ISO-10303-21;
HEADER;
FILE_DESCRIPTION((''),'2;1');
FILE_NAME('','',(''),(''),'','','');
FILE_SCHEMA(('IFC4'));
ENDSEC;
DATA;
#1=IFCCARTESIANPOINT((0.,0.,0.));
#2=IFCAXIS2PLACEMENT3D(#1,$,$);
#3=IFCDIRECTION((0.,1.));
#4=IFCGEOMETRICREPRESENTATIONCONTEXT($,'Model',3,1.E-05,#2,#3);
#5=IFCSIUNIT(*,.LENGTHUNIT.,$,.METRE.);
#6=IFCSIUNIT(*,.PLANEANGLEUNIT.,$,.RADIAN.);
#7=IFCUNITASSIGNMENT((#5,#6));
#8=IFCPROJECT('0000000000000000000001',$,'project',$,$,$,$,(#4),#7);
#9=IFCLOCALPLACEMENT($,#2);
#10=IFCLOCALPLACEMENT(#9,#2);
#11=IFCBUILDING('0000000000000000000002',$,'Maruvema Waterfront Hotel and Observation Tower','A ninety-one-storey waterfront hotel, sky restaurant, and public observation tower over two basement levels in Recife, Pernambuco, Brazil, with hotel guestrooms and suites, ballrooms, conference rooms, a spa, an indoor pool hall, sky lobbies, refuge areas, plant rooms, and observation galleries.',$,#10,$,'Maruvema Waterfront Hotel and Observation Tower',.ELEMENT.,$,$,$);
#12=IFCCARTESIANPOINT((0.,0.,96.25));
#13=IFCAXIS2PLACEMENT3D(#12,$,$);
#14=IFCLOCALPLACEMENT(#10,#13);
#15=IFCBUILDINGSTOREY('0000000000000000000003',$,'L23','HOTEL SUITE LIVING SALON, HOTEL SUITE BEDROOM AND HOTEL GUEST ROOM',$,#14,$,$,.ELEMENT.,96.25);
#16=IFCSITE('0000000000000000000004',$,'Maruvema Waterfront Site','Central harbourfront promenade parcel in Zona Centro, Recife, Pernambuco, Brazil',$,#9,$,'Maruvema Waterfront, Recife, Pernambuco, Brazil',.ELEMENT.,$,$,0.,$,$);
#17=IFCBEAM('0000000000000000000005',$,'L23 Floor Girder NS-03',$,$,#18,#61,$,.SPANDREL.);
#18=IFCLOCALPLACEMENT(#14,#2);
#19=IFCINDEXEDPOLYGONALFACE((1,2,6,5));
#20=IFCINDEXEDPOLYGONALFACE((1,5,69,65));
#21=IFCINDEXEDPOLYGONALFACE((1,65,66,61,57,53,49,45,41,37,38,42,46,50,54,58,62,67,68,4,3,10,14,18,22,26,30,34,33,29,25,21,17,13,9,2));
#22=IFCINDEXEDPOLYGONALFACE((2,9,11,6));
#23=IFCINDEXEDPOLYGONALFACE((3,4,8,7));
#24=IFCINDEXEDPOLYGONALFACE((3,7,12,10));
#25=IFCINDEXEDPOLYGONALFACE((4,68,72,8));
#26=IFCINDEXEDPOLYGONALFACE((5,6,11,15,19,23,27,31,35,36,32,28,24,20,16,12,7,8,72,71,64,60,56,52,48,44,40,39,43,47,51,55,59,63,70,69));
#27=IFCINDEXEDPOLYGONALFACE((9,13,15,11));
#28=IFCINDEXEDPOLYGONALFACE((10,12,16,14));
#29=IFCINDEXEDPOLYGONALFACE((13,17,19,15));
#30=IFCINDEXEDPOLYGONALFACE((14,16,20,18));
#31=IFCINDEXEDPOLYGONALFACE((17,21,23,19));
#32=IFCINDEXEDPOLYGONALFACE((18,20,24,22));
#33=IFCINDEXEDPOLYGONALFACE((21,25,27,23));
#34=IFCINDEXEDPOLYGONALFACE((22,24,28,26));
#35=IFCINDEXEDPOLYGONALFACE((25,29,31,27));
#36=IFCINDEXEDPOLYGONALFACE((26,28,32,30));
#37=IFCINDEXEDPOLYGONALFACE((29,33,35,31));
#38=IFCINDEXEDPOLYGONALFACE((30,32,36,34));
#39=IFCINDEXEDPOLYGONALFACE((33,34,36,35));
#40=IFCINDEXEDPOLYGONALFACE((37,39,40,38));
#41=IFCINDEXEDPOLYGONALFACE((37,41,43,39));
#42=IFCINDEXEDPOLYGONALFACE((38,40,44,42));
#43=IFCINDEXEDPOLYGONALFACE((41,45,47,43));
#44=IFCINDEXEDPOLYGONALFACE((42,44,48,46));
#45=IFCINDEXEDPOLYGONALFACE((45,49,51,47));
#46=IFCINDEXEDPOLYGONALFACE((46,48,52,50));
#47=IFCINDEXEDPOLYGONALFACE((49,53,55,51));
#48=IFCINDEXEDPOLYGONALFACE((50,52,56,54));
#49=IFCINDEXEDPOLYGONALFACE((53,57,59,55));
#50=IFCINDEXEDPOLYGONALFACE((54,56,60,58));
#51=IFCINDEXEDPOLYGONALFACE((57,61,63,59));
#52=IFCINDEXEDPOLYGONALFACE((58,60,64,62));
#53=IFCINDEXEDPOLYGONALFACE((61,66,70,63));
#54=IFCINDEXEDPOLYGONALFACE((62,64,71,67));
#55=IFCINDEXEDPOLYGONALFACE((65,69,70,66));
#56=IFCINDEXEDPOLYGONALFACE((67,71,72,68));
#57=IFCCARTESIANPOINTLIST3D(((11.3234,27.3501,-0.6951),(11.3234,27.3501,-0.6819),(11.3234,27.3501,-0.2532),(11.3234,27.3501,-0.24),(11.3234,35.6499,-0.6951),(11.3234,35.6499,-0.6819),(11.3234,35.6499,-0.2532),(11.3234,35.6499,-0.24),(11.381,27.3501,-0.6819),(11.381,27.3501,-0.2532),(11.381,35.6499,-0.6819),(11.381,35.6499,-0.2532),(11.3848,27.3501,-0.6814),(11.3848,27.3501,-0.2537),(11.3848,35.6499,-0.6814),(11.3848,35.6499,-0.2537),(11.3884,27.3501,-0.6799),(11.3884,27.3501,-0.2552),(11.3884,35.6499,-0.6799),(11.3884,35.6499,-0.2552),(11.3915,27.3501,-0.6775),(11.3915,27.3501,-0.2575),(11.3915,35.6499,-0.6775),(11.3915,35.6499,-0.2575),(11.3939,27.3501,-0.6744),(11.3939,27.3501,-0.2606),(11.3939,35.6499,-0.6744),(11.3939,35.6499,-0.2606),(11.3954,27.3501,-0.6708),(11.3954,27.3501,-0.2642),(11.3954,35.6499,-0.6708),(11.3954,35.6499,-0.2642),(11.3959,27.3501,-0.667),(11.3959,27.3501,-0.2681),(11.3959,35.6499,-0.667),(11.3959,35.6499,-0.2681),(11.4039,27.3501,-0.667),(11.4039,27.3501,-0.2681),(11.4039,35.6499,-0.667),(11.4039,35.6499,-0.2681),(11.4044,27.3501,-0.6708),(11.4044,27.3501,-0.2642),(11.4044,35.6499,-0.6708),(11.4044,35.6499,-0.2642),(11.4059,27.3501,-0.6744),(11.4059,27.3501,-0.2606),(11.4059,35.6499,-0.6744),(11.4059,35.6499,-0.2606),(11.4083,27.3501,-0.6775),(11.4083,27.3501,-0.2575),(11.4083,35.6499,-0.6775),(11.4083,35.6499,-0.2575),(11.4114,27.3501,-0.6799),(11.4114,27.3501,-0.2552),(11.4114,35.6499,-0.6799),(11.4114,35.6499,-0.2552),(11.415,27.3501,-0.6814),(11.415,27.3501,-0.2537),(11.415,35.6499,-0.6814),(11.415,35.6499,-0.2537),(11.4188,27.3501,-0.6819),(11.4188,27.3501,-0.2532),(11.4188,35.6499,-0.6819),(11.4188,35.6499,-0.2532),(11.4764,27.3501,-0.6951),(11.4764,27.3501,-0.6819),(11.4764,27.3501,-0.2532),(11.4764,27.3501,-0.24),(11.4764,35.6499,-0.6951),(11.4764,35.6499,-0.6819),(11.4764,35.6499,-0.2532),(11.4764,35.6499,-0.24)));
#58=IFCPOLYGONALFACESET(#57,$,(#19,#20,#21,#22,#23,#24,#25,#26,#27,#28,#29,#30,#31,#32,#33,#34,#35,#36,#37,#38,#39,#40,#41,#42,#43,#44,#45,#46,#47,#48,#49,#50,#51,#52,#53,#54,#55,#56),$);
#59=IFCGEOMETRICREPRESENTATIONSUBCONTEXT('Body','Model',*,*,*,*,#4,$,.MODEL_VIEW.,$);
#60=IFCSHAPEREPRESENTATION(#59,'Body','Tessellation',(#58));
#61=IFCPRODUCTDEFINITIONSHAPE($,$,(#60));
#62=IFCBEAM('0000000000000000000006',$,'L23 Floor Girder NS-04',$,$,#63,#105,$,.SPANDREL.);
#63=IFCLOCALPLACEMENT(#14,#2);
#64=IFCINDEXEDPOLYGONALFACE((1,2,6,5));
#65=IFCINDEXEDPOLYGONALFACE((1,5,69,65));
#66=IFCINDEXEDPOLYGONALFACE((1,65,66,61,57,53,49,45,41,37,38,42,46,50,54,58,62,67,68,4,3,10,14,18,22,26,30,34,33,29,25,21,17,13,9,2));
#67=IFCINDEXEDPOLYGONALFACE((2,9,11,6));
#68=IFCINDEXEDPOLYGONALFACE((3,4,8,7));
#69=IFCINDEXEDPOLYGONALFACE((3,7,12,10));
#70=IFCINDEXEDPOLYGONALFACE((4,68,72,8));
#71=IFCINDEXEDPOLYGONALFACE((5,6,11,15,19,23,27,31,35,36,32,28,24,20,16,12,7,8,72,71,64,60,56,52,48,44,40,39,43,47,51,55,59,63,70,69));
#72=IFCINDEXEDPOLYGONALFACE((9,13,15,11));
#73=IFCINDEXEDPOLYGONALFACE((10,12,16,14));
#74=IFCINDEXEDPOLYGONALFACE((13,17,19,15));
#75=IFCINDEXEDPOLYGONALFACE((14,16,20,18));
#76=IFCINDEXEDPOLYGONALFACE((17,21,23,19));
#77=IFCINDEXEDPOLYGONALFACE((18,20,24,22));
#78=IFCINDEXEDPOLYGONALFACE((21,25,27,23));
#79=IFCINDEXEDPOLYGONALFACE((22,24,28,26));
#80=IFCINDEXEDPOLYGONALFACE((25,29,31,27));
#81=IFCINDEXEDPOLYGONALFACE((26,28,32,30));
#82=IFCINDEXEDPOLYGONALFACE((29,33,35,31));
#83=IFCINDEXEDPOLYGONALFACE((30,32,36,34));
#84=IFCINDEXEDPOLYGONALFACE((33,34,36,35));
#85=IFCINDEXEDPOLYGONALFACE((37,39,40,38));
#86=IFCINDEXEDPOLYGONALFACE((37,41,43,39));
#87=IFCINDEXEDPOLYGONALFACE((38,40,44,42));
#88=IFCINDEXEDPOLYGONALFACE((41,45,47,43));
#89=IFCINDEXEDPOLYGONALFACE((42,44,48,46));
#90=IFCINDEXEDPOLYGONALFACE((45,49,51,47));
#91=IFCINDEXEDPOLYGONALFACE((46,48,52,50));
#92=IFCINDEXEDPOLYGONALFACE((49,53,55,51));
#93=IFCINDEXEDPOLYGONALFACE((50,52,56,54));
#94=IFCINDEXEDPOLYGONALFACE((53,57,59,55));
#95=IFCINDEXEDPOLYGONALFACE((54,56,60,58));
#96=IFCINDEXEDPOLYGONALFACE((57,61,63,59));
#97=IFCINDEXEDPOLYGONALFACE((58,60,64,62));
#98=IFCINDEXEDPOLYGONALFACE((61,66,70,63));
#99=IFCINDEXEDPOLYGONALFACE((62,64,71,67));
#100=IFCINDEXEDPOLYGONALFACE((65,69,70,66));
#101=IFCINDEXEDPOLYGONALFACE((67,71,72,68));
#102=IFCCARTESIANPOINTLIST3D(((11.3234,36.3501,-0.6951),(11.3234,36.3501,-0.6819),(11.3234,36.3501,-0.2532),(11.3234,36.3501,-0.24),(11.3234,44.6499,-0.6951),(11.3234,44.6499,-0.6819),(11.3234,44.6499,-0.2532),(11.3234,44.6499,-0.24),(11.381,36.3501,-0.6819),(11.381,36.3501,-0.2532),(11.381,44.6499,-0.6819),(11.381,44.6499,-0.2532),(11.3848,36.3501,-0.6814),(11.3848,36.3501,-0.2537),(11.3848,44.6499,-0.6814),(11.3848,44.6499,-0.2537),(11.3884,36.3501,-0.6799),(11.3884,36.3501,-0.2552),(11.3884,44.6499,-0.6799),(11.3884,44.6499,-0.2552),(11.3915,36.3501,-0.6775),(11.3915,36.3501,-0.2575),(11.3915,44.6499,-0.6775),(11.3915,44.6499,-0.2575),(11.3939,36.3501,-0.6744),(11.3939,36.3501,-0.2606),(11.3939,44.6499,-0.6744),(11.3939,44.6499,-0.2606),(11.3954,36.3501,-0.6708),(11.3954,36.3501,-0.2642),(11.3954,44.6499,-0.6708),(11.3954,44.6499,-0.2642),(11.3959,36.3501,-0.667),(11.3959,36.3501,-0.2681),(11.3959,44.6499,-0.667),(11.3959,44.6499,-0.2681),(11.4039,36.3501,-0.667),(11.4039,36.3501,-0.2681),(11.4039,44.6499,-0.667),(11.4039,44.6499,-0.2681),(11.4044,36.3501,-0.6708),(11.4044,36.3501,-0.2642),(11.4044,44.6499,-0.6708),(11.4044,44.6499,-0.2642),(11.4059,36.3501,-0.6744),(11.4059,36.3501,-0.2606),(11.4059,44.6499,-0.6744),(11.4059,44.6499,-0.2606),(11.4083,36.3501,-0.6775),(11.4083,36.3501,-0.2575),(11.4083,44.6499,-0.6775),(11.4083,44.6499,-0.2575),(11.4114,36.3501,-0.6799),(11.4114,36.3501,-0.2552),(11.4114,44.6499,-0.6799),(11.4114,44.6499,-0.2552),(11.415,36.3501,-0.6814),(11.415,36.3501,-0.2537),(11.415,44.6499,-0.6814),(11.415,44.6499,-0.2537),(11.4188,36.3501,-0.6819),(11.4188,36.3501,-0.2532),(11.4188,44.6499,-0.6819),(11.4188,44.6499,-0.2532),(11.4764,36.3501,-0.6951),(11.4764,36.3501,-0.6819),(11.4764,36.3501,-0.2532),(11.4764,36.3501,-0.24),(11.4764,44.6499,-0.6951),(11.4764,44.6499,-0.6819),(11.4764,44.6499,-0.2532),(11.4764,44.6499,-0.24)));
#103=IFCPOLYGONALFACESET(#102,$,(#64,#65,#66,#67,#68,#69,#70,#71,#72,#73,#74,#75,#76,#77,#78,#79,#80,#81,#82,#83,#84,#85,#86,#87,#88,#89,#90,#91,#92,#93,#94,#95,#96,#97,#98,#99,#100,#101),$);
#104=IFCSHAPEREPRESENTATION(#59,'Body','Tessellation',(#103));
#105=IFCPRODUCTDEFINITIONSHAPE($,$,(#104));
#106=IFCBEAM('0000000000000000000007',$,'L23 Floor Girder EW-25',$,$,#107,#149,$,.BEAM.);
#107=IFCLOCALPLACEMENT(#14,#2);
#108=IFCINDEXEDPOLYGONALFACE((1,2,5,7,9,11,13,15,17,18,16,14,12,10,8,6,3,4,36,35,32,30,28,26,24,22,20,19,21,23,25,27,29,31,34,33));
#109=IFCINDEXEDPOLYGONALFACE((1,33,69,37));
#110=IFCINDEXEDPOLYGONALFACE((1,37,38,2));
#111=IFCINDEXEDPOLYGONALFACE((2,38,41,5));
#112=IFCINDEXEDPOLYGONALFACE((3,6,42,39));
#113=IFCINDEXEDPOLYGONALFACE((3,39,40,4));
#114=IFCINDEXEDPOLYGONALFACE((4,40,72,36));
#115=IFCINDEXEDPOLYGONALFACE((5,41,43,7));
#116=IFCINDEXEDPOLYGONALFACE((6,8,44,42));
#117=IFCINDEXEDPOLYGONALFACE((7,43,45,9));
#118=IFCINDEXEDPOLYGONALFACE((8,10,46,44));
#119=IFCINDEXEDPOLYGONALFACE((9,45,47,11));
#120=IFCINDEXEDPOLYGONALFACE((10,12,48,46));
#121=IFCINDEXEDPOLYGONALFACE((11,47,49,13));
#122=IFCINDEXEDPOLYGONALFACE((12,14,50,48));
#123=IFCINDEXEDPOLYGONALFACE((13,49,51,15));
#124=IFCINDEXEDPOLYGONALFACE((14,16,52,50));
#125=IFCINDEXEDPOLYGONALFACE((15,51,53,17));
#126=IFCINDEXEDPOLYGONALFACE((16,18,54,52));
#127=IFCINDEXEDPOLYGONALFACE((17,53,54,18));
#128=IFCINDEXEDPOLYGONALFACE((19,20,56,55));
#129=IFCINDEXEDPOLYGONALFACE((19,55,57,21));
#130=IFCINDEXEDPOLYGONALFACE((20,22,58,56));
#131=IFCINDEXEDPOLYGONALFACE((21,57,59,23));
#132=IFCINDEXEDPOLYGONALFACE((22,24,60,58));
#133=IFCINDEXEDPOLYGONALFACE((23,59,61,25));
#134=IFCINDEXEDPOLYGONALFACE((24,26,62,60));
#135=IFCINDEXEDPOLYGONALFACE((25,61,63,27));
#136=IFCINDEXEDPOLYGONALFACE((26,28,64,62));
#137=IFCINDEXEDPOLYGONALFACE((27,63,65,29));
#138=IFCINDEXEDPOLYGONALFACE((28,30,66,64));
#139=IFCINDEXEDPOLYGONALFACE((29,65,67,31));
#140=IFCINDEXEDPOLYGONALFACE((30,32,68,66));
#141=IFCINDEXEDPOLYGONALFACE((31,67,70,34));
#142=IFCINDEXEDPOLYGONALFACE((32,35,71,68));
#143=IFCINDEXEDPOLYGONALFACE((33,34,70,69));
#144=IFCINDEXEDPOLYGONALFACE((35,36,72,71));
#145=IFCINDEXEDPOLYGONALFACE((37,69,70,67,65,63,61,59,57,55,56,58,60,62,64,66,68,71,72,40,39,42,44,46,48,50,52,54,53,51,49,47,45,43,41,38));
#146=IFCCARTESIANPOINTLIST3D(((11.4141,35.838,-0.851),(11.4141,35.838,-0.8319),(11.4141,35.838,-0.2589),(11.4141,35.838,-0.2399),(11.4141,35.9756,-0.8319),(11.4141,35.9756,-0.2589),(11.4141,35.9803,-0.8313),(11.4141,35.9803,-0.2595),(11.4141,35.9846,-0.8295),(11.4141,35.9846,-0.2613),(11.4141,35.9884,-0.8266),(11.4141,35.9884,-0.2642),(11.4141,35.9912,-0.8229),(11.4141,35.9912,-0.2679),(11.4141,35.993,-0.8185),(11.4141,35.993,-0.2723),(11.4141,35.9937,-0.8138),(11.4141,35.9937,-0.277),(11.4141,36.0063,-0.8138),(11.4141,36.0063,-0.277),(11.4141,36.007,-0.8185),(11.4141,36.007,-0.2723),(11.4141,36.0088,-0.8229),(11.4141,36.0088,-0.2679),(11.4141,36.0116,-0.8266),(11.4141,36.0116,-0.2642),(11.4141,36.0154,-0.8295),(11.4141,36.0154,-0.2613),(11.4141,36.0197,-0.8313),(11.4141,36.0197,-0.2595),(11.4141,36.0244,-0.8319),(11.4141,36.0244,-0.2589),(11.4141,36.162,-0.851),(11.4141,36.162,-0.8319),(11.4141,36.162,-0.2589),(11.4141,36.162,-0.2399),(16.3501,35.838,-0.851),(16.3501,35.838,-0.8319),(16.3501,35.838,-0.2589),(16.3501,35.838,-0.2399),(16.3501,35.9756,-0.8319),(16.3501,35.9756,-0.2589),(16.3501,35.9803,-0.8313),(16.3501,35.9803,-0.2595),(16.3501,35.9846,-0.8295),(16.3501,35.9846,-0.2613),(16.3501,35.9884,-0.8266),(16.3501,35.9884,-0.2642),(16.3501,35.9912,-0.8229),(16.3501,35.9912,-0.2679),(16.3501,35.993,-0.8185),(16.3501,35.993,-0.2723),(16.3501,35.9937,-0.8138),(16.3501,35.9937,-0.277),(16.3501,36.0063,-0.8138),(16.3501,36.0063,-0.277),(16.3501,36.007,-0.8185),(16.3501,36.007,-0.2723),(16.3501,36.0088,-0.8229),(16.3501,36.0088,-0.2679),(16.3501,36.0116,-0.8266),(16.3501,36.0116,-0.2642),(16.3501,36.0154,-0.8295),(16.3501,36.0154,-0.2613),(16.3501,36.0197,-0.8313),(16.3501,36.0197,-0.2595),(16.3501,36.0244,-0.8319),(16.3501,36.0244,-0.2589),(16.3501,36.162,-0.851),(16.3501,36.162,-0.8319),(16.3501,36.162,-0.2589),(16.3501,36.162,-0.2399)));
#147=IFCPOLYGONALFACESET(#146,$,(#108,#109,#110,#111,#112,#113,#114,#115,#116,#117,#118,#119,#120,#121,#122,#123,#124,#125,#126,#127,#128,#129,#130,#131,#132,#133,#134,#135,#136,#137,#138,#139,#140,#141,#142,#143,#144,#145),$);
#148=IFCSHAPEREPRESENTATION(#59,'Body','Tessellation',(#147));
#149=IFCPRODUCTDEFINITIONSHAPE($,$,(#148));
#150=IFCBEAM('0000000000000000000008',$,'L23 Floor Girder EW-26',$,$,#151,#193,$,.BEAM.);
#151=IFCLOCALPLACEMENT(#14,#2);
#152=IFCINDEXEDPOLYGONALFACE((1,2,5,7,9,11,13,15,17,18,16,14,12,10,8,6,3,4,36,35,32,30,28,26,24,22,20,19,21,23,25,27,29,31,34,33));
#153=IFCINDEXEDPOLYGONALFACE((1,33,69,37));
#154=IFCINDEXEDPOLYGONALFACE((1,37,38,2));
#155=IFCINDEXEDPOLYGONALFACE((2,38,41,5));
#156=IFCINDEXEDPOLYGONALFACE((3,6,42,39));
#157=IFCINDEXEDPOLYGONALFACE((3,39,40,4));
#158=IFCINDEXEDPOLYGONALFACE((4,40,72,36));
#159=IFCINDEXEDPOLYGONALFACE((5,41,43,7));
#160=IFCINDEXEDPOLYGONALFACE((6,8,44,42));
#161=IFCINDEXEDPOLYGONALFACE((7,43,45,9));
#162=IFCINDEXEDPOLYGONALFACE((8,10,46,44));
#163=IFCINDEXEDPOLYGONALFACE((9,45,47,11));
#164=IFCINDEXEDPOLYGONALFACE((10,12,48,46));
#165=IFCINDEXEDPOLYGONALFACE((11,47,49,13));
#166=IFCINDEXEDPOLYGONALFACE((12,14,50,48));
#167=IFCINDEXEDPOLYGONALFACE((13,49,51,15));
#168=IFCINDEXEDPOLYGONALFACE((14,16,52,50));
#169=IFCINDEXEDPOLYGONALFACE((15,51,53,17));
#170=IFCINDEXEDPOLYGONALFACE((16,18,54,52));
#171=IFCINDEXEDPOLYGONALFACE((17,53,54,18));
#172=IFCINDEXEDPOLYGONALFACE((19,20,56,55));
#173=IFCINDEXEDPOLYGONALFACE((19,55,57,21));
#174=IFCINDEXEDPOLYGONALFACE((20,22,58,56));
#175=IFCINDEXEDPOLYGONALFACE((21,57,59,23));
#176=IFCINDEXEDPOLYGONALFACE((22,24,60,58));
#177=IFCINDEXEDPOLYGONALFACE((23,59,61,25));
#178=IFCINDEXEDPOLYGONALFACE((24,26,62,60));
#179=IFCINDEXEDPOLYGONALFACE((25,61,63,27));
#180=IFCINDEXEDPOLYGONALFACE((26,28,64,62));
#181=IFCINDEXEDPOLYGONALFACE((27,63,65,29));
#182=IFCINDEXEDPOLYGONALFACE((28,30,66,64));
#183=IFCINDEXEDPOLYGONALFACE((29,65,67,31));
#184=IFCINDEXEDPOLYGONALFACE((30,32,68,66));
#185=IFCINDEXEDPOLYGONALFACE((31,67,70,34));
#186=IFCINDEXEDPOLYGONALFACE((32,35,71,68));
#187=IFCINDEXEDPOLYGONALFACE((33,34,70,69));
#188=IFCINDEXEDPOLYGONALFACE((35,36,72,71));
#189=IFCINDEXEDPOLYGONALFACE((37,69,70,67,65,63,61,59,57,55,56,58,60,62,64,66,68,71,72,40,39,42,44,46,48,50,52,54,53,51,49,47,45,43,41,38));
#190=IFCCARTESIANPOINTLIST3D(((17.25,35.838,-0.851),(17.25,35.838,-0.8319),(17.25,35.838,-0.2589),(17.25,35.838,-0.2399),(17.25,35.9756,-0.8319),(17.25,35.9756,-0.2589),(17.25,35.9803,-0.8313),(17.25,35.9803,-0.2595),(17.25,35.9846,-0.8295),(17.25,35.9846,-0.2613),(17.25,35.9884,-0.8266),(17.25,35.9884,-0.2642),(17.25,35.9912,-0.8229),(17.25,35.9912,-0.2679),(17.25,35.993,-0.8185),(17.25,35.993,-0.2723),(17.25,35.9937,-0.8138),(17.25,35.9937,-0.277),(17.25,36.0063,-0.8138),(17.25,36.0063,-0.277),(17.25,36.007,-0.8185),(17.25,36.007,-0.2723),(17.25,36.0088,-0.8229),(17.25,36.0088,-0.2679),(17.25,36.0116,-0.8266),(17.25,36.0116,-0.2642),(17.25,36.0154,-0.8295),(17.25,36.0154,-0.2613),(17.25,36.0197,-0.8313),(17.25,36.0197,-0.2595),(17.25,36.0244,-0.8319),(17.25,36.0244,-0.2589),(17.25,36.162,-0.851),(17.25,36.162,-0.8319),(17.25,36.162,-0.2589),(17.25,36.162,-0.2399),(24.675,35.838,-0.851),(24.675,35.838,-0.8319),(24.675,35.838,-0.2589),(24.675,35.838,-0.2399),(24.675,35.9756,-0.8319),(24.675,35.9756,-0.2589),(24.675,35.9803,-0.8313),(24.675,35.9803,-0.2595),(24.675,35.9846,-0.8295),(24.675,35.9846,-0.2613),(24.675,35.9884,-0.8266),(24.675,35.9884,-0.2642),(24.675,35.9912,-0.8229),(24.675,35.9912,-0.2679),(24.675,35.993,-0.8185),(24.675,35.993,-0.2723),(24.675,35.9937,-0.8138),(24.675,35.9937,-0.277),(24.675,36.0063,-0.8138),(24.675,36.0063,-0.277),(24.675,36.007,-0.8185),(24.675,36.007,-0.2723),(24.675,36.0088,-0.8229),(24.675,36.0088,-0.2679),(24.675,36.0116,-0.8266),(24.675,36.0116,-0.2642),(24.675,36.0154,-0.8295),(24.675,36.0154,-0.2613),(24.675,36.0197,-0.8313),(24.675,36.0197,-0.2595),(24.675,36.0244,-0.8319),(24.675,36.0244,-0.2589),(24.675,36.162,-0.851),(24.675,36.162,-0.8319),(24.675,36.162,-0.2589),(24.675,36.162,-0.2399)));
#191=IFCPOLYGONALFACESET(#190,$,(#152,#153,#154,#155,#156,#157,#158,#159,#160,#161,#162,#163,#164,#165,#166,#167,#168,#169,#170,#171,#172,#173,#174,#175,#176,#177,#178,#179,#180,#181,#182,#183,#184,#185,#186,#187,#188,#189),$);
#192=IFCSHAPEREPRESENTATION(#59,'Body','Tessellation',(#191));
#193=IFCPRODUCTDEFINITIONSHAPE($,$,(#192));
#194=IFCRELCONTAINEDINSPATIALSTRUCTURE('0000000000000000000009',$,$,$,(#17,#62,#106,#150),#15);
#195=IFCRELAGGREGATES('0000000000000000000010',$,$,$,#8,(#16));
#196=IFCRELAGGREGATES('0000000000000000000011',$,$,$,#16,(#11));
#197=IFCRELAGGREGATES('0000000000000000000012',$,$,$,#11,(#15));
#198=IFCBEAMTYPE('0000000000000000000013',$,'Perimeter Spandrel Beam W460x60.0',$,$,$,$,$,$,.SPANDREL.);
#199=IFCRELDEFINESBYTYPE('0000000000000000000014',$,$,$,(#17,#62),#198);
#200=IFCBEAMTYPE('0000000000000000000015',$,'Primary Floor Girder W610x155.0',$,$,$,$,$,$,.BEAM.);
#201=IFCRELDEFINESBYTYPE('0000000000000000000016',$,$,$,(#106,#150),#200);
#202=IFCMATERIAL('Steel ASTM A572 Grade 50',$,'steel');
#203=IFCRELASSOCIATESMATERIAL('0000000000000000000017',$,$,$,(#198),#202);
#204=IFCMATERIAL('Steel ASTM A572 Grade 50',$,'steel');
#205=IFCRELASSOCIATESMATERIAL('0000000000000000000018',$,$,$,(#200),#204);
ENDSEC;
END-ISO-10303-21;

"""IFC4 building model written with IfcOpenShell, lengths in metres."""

from ifc_helpers import new_model, si_unit, direction, frame, origin, origin_2d, place, context, subcontext, project, spatial, i_section, extrude, material, material_profile, profile_set, type_object, element, save


model = new_model("IFC4")

# Units and contexts
model_context = context("Model", 3, precision=1e-05, world=origin(), true_north=direction((0.0, 1.0)))
body_context = subcontext(model_context, "Body", "Model", "MODEL_VIEW")
ifc_project = project(units=[si_unit("LENGTHUNIT", "METRE"), si_unit("PLANEANGLEUNIT", "RADIAN")], contexts=[model_context])

# Site, building, storey
site_placement = place(None, origin())
site = spatial("IfcSite", under=ifc_project, at=site_placement, Name="Maruvema Waterfront Site", Description="Central harbourfront promenade parcel in Zona Centro, Recife, Pernambuco, Brazil", LongName="Maruvema Waterfront, Recife, Pernambuco, Brazil", CompositionType="ELEMENT", RefElevation=0.0)
building_placement = place(site_placement, origin())
building = spatial("IfcBuilding", under=site, at=building_placement, Name="Maruvema Waterfront Hotel and Observation Tower", Description="A ninety-one-storey waterfront hotel, sky restaurant, and public observation tower over two basement levels in Recife, Pernambuco, Brazil, with hotel guestrooms and suites, ballrooms, conference rooms, a spa, an indoor pool hall, sky lobbies, refuge areas, plant rooms, and observation galleries.", LongName="Maruvema Waterfront Hotel and Observation Tower", CompositionType="ELEMENT")
storey_placement = place(building_placement, frame((0.0, 0.0, 96.25)))
storey = spatial("IfcBuildingStorey", under=building, at=storey_placement, Name="L23", Description="HOTEL SUITE LIVING SALON, HOTEL SUITE BEDROOM AND HOTEL GUEST ROOM", CompositionType="ELEMENT", Elevation=96.25)

# Beams
ifc_material_1 = material(Name="Steel ASTM A572 Grade 50", Category="steel")
ifc_material_profile_1 = material_profile(ifc_material_1, i_section(OverallWidth=0.1531, OverallDepth=0.4551, WebThickness=0.0081, FlangeThickness=0.0132, FilletRadius=0.0149, at=origin_2d()), Name="W460x60.0")
ifc_profile_set_1 = profile_set([ifc_material_profile_1], Name="Steel ASTM A572 Grade 50")
beam_type_1 = type_object("IfcBeamType", Name="Perimeter Spandrel Beam W460x60.0", PredefinedType="SPANDREL", material=ifc_profile_set_1)
for number, where, z_axis, x_axis, name in (
    (1, (11.3999, 27.3501, -0.4675), (0.0, 1.0, 0.0), (-1.0, 0.0, 0.0), "L23 Floor Girder NS-03"),
    (2, (11.3999, 36.3501, -0.4675), (0.0, 1.0, 0.0), (-1.0, 0.0, 0.0), "L23 Floor Girder NS-04"),
):
    element("IfcBeam", number, at=place(storey_placement, frame(where, z_axis=z_axis, x_axis=x_axis)), inside=storey, type_object=beam_type_1, Name=name, PredefinedType="SPANDREL", context=body_context, shape_type="SweptSolid", body=[
        extrude(i_section(OverallWidth=0.1531, OverallDepth=0.4551, WebThickness=0.0081, FlangeThickness=0.0132, FilletRadius=0.0149, at=origin_2d()), origin(), (0.0, 0.0, 1.0), 8.2998),
    ])
ifc_material_2 = material(Name="Steel ASTM A572 Grade 50", Category="steel")
ifc_material_profile_2 = material_profile(ifc_material_2, i_section(OverallWidth=0.324, OverallDepth=0.6111, WebThickness=0.0127, FlangeThickness=0.019, FilletRadius=0.0181, at=origin_2d()), Name="W610x155.0")
ifc_profile_set_2 = profile_set([ifc_material_profile_2], Name="Steel ASTM A572 Grade 50")
beam_type_2 = type_object("IfcBeamType", Name="Primary Floor Girder W610x155.0", PredefinedType="BEAM", material=ifc_profile_set_2)
beam_1_placement = place(storey_placement, frame((11.4141, 36.0, -0.5454), z_axis=(1.0, 0.0, 0.0), x_axis=(0.0, 1.0, 0.0)))
element("IfcBeam", 3, at=beam_1_placement, inside=storey, type_object=beam_type_2, Name="L23 Floor Girder EW-25", PredefinedType="BEAM", context=body_context, shape_type="SweptSolid", body=[
    extrude(i_section(OverallWidth=0.324, OverallDepth=0.6111, WebThickness=0.0127, FlangeThickness=0.019, FilletRadius=0.0181, at=origin_2d()), origin(), (0.0, 0.0, 1.0), 4.936),
])
beam_2_placement = place(storey_placement, frame((17.25, 36.0, -0.5454), z_axis=(1.0, 0.0, 0.0), x_axis=(0.0, 1.0, 0.0)))
element("IfcBeam", 4, at=beam_2_placement, inside=storey, type_object=beam_type_2, Name="L23 Floor Girder EW-26", PredefinedType="BEAM", context=body_context, shape_type="SweptSolid", body=[
    extrude(i_section(OverallWidth=0.324, OverallDepth=0.6111, WebThickness=0.0127, FlangeThickness=0.019, FilletRadius=0.0181, at=origin_2d()), origin(), (0.0, 0.0, 1.0), 7.425),
])

save(model, "model.ifc")
